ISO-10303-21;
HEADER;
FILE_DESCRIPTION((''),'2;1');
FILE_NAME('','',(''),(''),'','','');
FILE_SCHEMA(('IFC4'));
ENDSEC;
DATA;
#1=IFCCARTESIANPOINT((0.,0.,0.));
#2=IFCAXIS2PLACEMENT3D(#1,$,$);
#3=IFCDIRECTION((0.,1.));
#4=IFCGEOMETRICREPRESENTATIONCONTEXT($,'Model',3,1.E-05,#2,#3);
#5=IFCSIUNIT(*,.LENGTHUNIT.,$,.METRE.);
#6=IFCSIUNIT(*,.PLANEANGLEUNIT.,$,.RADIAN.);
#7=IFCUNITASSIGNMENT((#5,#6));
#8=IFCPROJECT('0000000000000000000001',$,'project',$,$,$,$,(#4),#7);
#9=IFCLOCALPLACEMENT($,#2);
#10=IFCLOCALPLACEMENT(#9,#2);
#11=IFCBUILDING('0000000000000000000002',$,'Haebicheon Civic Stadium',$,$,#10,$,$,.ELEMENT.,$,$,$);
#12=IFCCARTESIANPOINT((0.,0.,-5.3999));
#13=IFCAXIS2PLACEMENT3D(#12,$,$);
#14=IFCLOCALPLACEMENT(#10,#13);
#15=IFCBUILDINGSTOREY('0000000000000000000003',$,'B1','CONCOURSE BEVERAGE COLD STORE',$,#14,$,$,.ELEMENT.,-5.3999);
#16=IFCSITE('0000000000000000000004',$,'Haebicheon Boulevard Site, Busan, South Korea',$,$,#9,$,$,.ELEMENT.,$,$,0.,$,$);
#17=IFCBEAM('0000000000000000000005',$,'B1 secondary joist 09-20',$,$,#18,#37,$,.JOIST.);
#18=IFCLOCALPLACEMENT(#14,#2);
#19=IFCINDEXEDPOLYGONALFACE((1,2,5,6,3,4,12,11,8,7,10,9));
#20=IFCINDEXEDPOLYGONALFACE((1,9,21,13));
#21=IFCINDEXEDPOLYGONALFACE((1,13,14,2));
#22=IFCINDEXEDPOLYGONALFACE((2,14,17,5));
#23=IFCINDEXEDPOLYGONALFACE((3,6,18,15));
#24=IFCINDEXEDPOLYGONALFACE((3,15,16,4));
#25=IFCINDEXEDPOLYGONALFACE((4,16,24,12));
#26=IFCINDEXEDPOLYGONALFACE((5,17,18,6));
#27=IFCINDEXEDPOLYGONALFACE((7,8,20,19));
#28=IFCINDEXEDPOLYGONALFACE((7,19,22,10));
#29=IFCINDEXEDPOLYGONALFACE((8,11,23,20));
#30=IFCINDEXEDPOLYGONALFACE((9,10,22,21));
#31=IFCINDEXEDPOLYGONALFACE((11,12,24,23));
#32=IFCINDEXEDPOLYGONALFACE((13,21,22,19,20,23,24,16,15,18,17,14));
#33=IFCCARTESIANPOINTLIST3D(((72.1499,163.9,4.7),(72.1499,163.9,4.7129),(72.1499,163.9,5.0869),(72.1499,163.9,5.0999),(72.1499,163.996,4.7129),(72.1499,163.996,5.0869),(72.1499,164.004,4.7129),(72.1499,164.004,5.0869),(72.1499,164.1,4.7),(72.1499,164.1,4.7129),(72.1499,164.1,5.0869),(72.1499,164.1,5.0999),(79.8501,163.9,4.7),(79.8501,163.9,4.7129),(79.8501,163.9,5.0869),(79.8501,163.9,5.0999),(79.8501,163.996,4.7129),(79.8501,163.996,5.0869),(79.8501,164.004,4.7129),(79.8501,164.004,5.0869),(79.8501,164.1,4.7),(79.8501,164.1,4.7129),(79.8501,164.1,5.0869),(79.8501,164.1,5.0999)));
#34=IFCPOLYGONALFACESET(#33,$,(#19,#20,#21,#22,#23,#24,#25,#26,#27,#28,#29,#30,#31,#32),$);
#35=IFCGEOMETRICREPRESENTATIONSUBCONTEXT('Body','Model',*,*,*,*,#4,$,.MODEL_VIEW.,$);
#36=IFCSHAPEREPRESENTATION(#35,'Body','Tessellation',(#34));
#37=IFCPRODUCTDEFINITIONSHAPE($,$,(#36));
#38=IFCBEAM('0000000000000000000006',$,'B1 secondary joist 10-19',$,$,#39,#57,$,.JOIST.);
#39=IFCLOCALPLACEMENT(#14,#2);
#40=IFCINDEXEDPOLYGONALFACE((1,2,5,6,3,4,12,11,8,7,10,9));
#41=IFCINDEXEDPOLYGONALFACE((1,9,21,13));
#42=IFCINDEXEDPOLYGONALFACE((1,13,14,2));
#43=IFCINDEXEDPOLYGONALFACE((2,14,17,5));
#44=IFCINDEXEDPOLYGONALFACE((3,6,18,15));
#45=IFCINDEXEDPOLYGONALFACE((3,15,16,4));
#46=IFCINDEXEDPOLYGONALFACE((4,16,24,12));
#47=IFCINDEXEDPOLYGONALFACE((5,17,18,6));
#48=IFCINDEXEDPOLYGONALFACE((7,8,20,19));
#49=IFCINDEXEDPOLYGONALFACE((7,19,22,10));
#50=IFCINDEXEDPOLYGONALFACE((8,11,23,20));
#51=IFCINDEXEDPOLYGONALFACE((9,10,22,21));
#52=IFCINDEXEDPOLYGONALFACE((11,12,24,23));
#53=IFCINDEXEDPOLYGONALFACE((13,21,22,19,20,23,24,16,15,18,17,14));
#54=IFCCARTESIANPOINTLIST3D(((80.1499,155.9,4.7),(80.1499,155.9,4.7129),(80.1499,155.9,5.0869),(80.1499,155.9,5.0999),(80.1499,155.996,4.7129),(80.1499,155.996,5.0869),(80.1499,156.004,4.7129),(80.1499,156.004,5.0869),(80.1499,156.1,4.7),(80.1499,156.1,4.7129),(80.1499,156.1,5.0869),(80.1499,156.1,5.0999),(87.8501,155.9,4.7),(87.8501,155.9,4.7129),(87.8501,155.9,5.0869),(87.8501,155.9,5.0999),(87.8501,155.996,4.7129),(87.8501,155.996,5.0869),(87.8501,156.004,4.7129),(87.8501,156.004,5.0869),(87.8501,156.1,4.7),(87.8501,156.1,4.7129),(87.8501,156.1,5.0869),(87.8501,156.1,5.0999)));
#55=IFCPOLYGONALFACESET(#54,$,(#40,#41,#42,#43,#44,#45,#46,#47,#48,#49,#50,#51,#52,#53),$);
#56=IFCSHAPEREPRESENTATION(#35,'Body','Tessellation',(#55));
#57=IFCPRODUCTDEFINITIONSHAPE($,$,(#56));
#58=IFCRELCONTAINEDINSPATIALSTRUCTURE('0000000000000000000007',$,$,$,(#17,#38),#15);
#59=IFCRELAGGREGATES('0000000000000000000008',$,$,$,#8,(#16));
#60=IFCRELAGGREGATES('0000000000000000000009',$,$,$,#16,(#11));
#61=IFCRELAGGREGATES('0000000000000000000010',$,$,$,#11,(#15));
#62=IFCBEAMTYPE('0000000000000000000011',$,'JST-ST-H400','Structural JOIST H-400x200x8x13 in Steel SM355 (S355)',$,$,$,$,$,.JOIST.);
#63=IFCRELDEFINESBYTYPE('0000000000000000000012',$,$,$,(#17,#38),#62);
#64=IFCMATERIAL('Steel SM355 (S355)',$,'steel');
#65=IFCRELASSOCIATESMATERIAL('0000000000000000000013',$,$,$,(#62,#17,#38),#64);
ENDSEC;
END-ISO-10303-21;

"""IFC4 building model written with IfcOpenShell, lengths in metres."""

from ifc_helpers import new_model, si_unit, direction, frame, origin, origin_2d, place, context, subcontext, project, spatial, i_section, extrude, material, material_profile, profile_set, type_object, element, save


model = new_model("IFC4")

# Units and contexts
model_context = context("Model", 3, precision=1e-05, world=origin(), true_north=direction((0.0, 1.0)))
body_context = subcontext(model_context, "Body", "Model", "MODEL_VIEW")
ifc_project = project(units=[si_unit("LENGTHUNIT", "METRE"), si_unit("PLANEANGLEUNIT", "RADIAN")], contexts=[model_context])

# Site, building, storey
site_placement = place(None, origin())
site = spatial("IfcSite", under=ifc_project, at=site_placement, Name="Haebicheon Boulevard Site, Busan, South Korea", CompositionType="ELEMENT", RefElevation=0.0)
building_placement = place(site_placement, origin())
building = spatial("IfcBuilding", under=site, at=building_placement, Name="Haebicheon Civic Stadium", CompositionType="ELEMENT")
storey_placement = place(building_placement, frame((0.0, 0.0, -5.3999)))
storey = spatial("IfcBuildingStorey", under=building, at=storey_placement, Name="B1", Description="CONCOURSE BEVERAGE COLD STORE", CompositionType="ELEMENT", Elevation=-5.3999)

# Beams
ifc_material_1 = material(Name="Steel SM355 (S355)", Category="steel")
ifc_material_profile_1 = material_profile(ifc_material_1, i_section(OverallWidth=0.2, OverallDepth=0.3999, WebThickness=0.0081, FlangeThickness=0.0129, at=origin_2d()), Name="H-400x200x8x13")
ifc_profile_set_1 = profile_set([ifc_material_profile_1], Name="Steel SM355 (S355)")
beam_type_1 = type_object("IfcBeamType", Name="JST-ST-H400", Description="Structural JOIST H-400x200x8x13 in Steel SM355 (S355)", PredefinedType="JOIST", material=ifc_profile_set_1)
for number, where, z_axis, x_axis, name in (
    (1, (72.1499, 164.0, 4.8999), (1.0, 0.0, 0.0), (0.0, 1.0, 0.0), "B1 secondary joist 09-20"),
    (2, (80.1499, 156.0, 4.8999), (1.0, 0.0, 0.0), (0.0, 1.0, 0.0), "B1 secondary joist 10-19"),
):
    element("IfcBeam", number, at=place(storey_placement, frame(where, z_axis=z_axis, x_axis=x_axis)), inside=storey, type_object=beam_type_1, material=ifc_profile_set_1, Name=name, PredefinedType="JOIST", context=body_context, shape_type="SweptSolid", body=[
        extrude(i_section(OverallWidth=0.2, OverallDepth=0.3999, WebThickness=0.0081, FlangeThickness=0.0129, at=origin_2d()), origin(), (0.0, 0.0, 1.0), 7.7002),
    ])

save(model, "model.ifc")
